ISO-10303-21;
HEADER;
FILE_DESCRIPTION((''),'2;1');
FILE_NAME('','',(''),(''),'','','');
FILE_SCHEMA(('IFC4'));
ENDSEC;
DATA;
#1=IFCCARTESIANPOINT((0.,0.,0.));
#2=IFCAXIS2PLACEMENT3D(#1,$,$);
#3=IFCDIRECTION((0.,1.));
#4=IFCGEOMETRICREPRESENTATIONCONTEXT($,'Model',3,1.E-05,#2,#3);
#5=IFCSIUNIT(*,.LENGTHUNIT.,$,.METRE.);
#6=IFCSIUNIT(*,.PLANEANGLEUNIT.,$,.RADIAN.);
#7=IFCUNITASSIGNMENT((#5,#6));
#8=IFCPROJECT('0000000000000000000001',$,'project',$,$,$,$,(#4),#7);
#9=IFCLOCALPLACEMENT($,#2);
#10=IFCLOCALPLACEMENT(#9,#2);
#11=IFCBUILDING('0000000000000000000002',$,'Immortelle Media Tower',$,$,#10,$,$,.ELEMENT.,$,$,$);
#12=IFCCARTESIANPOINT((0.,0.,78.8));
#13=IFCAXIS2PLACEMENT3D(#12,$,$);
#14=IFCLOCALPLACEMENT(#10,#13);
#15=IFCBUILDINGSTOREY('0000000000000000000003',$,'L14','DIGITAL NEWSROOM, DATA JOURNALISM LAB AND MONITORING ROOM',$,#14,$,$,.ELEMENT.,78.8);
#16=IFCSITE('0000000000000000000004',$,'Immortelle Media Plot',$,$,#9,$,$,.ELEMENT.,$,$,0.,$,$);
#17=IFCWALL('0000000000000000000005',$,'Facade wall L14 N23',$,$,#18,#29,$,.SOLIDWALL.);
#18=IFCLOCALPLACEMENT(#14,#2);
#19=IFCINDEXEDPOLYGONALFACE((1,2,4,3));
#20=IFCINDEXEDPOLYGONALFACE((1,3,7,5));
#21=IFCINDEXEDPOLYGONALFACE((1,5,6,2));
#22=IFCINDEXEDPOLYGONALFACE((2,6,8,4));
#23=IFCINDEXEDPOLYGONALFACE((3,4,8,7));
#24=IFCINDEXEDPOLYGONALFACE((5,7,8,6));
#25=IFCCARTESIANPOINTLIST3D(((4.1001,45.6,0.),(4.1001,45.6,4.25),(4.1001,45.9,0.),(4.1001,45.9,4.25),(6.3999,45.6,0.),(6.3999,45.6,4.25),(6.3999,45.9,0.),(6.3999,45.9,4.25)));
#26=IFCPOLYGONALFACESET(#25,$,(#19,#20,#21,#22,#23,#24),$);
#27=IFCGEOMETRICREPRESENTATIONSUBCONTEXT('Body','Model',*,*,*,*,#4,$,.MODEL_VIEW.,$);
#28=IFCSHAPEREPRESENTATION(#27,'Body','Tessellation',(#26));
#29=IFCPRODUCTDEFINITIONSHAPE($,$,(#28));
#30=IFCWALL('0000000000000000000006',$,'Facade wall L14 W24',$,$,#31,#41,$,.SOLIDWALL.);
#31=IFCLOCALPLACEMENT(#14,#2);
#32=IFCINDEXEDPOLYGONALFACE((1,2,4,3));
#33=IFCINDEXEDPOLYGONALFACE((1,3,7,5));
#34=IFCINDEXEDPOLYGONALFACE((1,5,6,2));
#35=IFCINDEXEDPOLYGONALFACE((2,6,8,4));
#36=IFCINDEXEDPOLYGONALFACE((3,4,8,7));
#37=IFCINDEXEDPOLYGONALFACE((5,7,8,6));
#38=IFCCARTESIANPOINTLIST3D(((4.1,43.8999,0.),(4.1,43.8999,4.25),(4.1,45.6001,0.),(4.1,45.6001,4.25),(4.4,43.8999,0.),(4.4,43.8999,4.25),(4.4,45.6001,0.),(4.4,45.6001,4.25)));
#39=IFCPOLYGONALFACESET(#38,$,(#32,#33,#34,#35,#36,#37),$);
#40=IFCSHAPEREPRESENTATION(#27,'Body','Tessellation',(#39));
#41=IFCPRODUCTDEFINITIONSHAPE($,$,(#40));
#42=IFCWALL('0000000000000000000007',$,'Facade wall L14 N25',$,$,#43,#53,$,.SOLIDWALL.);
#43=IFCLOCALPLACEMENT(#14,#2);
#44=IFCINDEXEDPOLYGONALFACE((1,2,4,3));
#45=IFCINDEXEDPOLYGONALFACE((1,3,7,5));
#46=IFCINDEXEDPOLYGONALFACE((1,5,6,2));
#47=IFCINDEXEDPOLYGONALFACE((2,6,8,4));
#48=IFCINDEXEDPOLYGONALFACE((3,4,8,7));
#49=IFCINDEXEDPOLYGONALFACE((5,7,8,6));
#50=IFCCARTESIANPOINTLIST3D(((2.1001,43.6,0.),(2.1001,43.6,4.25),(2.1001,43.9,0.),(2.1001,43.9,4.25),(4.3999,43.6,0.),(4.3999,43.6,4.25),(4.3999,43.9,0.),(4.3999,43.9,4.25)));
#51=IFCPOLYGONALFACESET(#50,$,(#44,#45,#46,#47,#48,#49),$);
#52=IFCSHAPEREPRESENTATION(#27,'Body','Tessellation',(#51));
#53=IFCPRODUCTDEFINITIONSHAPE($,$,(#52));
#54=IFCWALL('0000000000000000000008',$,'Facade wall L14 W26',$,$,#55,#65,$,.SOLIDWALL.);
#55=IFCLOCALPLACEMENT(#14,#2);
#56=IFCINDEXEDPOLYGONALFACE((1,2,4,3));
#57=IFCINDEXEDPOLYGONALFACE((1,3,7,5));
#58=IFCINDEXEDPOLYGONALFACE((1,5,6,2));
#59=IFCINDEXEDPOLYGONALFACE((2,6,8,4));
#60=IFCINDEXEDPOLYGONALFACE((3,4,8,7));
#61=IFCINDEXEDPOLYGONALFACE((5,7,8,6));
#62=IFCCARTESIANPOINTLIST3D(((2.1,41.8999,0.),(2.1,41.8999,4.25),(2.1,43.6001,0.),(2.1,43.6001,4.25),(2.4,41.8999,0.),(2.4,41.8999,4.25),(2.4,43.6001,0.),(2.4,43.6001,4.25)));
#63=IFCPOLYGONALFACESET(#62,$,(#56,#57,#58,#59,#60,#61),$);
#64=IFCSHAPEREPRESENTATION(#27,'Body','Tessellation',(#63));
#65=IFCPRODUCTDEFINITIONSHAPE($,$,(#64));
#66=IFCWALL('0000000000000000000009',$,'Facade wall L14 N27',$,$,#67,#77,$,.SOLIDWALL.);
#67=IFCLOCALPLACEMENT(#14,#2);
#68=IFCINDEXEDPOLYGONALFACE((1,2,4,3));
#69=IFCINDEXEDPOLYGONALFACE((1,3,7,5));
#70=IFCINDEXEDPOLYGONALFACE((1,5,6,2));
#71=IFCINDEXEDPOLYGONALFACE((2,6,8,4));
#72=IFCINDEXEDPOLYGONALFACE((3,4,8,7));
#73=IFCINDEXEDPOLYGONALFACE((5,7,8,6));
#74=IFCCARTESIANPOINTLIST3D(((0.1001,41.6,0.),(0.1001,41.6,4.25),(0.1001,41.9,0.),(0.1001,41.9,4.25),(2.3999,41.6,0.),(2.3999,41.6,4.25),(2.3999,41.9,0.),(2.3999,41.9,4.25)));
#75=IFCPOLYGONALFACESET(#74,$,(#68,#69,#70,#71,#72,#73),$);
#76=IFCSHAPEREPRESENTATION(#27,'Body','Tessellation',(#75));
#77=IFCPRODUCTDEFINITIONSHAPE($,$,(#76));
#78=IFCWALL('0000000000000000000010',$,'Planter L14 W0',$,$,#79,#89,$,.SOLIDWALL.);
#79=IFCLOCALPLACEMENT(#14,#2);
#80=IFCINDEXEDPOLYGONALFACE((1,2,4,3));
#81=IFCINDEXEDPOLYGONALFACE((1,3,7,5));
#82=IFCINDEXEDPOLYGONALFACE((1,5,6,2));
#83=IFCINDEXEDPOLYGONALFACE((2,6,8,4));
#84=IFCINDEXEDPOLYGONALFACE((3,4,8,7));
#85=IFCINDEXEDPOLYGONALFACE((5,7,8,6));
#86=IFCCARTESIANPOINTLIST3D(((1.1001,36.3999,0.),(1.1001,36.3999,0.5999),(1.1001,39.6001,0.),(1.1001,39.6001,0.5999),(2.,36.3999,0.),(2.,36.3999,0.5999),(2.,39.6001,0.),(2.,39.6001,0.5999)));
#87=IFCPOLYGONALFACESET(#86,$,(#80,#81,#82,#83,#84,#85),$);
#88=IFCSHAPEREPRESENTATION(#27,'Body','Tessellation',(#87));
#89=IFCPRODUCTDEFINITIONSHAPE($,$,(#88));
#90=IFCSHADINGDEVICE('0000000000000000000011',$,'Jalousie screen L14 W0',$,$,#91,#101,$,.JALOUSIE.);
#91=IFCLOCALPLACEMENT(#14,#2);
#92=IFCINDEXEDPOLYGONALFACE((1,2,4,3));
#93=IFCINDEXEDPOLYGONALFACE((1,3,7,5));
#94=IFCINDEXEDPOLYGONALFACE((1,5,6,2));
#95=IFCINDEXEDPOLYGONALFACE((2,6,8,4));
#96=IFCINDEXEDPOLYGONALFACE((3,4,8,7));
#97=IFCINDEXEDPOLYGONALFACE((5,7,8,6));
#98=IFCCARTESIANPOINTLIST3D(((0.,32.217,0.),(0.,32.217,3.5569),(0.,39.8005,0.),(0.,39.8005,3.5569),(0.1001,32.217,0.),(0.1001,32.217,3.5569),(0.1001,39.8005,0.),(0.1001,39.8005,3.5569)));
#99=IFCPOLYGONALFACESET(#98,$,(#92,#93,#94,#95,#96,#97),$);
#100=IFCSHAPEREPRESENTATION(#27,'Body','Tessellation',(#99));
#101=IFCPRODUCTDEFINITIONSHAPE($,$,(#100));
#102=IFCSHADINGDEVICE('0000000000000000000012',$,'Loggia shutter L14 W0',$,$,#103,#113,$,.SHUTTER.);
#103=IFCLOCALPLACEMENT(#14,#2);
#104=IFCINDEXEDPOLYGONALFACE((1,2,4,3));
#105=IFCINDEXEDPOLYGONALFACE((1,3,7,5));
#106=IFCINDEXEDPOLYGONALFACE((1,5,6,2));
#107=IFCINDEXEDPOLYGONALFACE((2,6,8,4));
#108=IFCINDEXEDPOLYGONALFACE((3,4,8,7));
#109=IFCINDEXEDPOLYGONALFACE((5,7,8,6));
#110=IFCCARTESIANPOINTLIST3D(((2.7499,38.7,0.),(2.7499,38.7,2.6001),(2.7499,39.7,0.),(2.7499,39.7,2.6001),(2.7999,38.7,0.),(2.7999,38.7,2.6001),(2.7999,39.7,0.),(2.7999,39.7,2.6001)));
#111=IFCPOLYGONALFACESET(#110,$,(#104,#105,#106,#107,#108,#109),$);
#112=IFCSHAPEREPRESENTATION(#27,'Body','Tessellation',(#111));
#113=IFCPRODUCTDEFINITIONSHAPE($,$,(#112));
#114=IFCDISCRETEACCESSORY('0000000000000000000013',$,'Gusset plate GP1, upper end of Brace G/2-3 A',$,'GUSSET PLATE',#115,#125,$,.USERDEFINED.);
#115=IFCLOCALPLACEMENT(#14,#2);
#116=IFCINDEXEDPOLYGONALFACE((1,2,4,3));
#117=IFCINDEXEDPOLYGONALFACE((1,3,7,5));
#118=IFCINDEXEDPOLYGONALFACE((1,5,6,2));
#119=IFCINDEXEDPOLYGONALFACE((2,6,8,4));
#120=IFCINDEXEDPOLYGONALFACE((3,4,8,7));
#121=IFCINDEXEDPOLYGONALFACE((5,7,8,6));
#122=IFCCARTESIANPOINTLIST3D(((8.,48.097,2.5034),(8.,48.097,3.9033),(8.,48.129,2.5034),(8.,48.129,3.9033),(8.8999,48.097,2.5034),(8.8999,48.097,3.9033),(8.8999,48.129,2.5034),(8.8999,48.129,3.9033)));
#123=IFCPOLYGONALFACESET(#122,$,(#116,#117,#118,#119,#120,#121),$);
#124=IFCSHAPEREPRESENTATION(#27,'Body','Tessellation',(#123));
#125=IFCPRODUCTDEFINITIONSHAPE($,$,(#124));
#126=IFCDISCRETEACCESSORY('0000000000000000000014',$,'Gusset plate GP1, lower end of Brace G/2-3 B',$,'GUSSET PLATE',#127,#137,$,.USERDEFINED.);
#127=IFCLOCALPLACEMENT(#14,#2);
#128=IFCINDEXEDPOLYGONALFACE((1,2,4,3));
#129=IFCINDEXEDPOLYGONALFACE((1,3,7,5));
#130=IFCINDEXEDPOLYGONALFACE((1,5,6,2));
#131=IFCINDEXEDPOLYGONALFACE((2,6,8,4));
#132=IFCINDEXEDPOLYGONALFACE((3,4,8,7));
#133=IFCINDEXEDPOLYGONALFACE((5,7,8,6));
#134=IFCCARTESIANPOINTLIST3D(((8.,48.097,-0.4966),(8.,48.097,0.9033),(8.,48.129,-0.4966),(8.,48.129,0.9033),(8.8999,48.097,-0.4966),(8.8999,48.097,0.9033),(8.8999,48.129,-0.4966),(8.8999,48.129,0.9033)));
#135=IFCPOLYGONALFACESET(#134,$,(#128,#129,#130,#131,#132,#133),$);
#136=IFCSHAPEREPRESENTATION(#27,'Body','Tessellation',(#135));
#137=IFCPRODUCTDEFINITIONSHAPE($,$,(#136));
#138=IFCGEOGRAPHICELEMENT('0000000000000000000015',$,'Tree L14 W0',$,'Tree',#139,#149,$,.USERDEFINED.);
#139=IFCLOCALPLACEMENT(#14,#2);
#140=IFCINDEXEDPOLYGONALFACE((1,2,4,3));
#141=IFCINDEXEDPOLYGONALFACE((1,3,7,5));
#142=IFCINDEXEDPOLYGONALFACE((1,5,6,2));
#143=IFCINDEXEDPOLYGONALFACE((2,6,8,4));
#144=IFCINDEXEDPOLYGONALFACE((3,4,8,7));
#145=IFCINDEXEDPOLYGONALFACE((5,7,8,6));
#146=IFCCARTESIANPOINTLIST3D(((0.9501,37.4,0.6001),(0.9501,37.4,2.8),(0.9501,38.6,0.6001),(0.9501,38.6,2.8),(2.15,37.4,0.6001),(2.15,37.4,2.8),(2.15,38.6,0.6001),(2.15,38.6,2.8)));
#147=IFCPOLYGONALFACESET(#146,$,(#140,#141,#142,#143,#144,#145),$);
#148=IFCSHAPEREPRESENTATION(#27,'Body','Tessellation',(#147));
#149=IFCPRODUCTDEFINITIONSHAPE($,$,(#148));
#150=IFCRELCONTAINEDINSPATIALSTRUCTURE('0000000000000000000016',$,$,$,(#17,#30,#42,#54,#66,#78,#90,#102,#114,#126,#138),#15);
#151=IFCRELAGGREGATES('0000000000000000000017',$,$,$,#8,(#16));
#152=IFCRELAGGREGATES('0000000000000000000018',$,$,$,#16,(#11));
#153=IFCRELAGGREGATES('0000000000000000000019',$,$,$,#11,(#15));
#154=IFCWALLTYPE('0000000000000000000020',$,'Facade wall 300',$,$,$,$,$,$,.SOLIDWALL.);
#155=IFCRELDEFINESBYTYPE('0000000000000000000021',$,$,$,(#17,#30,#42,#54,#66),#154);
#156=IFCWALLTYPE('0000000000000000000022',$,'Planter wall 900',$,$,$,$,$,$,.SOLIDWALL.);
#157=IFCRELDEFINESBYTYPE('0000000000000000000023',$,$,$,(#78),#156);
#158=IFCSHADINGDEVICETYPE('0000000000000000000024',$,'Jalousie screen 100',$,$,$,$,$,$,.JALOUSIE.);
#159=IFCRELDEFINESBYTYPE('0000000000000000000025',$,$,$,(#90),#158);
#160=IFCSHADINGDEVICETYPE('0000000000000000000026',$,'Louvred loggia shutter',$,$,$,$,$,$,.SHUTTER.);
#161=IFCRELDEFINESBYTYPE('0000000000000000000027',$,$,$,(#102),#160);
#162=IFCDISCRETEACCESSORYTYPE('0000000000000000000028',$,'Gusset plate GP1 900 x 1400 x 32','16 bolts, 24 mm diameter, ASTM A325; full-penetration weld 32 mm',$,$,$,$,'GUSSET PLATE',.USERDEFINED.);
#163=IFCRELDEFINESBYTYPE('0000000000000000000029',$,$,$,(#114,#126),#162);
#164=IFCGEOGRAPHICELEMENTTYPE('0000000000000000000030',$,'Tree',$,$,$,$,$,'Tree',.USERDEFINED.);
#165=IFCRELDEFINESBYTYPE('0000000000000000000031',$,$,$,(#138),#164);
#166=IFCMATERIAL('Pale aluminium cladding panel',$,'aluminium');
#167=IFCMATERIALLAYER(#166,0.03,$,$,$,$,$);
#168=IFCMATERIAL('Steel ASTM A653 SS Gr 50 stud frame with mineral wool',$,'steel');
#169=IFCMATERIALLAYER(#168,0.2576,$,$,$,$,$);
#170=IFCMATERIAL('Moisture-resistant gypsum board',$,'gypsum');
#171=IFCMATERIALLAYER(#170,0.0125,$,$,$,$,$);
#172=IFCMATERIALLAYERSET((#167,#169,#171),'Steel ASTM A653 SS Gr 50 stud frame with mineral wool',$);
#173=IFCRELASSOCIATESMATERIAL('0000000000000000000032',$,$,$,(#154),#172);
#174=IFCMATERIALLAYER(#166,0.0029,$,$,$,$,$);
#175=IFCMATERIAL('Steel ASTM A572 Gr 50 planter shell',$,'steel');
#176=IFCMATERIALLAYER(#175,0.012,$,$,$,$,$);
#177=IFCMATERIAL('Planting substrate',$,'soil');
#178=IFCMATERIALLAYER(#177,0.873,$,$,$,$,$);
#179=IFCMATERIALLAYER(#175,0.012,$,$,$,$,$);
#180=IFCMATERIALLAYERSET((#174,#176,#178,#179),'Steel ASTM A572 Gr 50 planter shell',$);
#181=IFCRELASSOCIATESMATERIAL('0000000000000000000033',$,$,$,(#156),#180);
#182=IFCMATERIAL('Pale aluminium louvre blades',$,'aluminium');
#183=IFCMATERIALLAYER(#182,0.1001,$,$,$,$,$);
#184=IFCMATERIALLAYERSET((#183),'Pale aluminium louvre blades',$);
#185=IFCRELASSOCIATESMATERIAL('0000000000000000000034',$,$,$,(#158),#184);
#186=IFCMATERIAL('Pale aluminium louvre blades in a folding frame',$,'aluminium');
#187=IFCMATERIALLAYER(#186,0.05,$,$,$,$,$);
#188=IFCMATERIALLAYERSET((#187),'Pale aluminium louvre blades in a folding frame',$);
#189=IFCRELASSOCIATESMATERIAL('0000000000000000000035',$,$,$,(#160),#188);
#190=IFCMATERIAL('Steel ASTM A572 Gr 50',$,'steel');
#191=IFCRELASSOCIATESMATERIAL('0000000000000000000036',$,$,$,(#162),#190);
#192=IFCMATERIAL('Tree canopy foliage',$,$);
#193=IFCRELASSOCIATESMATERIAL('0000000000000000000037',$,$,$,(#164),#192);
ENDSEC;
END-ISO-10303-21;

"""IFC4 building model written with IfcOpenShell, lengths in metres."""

from ifc_helpers import new_model, si_unit, direction, frame, frame_2d, origin, origin_2d, place, context, subcontext, project, spatial, rectangle, extrude, material, layer, layer_set, material_profile, profile_set, type_object, element, save


model = new_model("IFC4")

# Units and contexts
model_context = context("Model", 3, precision=1e-05, world=origin(), true_north=direction((0.0, 1.0)))
body_context = subcontext(model_context, "Body", "Model", "MODEL_VIEW")
ifc_project = project(units=[si_unit("LENGTHUNIT", "METRE"), si_unit("PLANEANGLEUNIT", "RADIAN")], contexts=[model_context])

# Site, building, storey
site_placement = place(None, origin())
site = spatial("IfcSite", under=ifc_project, at=site_placement, Name="Immortelle Media Plot", CompositionType="ELEMENT", RefElevation=0.0)
building_placement = place(site_placement, origin())
building = spatial("IfcBuilding", under=site, at=building_placement, Name="Immortelle Media Tower", CompositionType="ELEMENT")
storey_placement = place(building_placement, frame((0.0, 0.0, 78.8)))
storey = spatial("IfcBuildingStorey", under=building, at=storey_placement, Name="L14", Description="DIGITAL NEWSROOM, DATA JOURNALISM LAB AND MONITORING ROOM", CompositionType="ELEMENT", Elevation=78.8)

# Shared definitions
ifc_material_1 = material(Name="Pale aluminium cladding panel", Category="aluminium")
ifc_layer_1 = layer(ifc_material_1, 0.03)
ifc_material_2 = material(Name="Steel ASTM A653 SS Gr 50 stud frame with mineral wool", Category="steel")
ifc_layer_2 = layer(ifc_material_2, 0.2576)
ifc_material_3 = material(Name="Moisture-resistant gypsum board", Category="gypsum")
ifc_layer_3 = layer(ifc_material_3, 0.0125)
ifc_layer_set_1 = layer_set([ifc_layer_1, ifc_layer_2, ifc_layer_3], Name="Steel ASTM A653 SS Gr 50 stud frame with mineral wool")
wall_type_1 = type_object("IfcWallType", Name="Facade wall 300", PredefinedType="SOLIDWALL", material=ifc_layer_set_1)

# Walls
wall_1_placement = place(storey_placement, frame((6.3999, 45.75, 0.0), z_axis=(0.0, 0.0, 1.0), x_axis=(-1.0, 0.0, 0.0)))
element("IfcWall", 1, at=wall_1_placement, inside=storey, type_object=wall_type_1, Name="Facade wall L14 N23", PredefinedType="SOLIDWALL", context=body_context, shape_type="SweptSolid", body=[
    extrude(rectangle(XDim=2.2998, YDim=0.3, at=frame_2d((1.1499, 0.0))), origin(), (0.0, 0.0, 1.0), 4.25),
])
wall_2_placement = place(storey_placement, frame((4.25, 45.6001, 0.0), z_axis=(0.0, 0.0, 1.0), x_axis=(0.0, -1.0, 0.0)))
element("IfcWall", 2, at=wall_2_placement, inside=storey, type_object=wall_type_1, Name="Facade wall L14 W24", PredefinedType="SOLIDWALL", context=body_context, shape_type="SweptSolid", body=[
    extrude(rectangle(XDim=1.7002, YDim=0.3, at=frame_2d((0.8501, 0.0))), origin(), (0.0, 0.0, 1.0), 4.25),
])
wall_3_placement = place(storey_placement, frame((4.3999, 43.75, 0.0), z_axis=(0.0, 0.0, 1.0), x_axis=(-1.0, 0.0, 0.0)))
element("IfcWall", 3, at=wall_3_placement, inside=storey, type_object=wall_type_1, Name="Facade wall L14 N25", PredefinedType="SOLIDWALL", context=body_context, shape_type="SweptSolid", body=[
    extrude(rectangle(XDim=2.2998, YDim=0.3, at=frame_2d((1.1499, 0.0))), origin(), (0.0, 0.0, 1.0), 4.25),
])
wall_4_placement = place(storey_placement, frame((2.25, 43.6001, 0.0), z_axis=(0.0, 0.0, 1.0), x_axis=(0.0, -1.0, 0.0)))
element("IfcWall", 4, at=wall_4_placement, inside=storey, type_object=wall_type_1, Name="Facade wall L14 W26", PredefinedType="SOLIDWALL", context=body_context, shape_type="SweptSolid", body=[
    extrude(rectangle(XDim=1.7002, YDim=0.3, at=frame_2d((0.8501, 0.0))), origin(), (0.0, 0.0, 1.0), 4.25),
])
wall_5_placement = place(storey_placement, frame((2.3999, 41.75, 0.0), z_axis=(0.0, 0.0, 1.0), x_axis=(-1.0, 0.0, 0.0)))
element("IfcWall", 5, at=wall_5_placement, inside=storey, type_object=wall_type_1, Name="Facade wall L14 N27", PredefinedType="SOLIDWALL", context=body_context, shape_type="SweptSolid", body=[
    extrude(rectangle(XDim=2.2998, YDim=0.3, at=frame_2d((1.1499, 0.0))), origin(), (0.0, 0.0, 1.0), 4.25),
])
ifc_layer_4 = layer(ifc_material_1, 0.0029)
ifc_material_4 = material(Name="Steel ASTM A572 Gr 50 planter shell", Category="steel")
ifc_layer_5 = layer(ifc_material_4, 0.012)
ifc_material_5 = material(Name="Planting substrate", Category="soil")
ifc_layer_6 = layer(ifc_material_5, 0.873)
ifc_layer_7 = layer(ifc_material_4, 0.012)
ifc_layer_set_2 = layer_set([ifc_layer_4, ifc_layer_5, ifc_layer_6, ifc_layer_7], Name="Steel ASTM A572 Gr 50 planter shell")
wall_type_2 = type_object("IfcWallType", Name="Planter wall 900", PredefinedType="SOLIDWALL", material=ifc_layer_set_2)
wall_6_placement = place(storey_placement, frame((1.55, 39.6001, 0.0), z_axis=(0.0, 0.0, 1.0), x_axis=(0.0, -1.0, 0.0)))
element("IfcWall", 6, at=wall_6_placement, inside=storey, type_object=wall_type_2, Name="Planter L14 W0", PredefinedType="SOLIDWALL", context=body_context, shape_type="SweptSolid", body=[
    extrude(rectangle(XDim=3.2002, YDim=0.8999, at=frame_2d((1.6001, 0.0))), origin(), (0.0, 0.0, 1.0), 0.5999),
])

# Shading devices
ifc_material_6 = material(Name="Pale aluminium louvre blades", Category="aluminium")
ifc_layer_8 = layer(ifc_material_6, 0.1001)
ifc_layer_set_3 = layer_set([ifc_layer_8], Name="Pale aluminium louvre blades")
shading_device_type_1 = type_object("IfcShadingDeviceType", Name="Jalousie screen 100", PredefinedType="JALOUSIE", material=ifc_layer_set_3)
shading_device_1_placement = place(storey_placement, frame((0.05, 36.0088, 0.0), z_axis=(0.0, 0.0, 1.0), x_axis=(0.0, -1.0, 0.0)))
element("IfcShadingDevice", 7, at=shading_device_1_placement, inside=storey, type_object=shading_device_type_1, Name="Jalousie screen L14 W0", PredefinedType="JALOUSIE", context=body_context, shape_type="SweptSolid", body=[
    extrude(rectangle(XDim=7.5835, YDim=0.1001, at=origin_2d()), origin(), (0.0, 0.0, 1.0), 3.5569),
])
ifc_material_7 = material(Name="Pale aluminium louvre blades in a folding frame", Category="aluminium")
ifc_layer_9 = layer(ifc_material_7, 0.05)
ifc_layer_set_4 = layer_set([ifc_layer_9], Name="Pale aluminium louvre blades in a folding frame")
shading_device_type_2 = type_object("IfcShadingDeviceType", Name="Louvred loggia shutter", PredefinedType="SHUTTER", material=ifc_layer_set_4)
shading_device_2_placement = place(storey_placement, frame((2.7749, 39.2, 0.0), z_axis=(0.0, 0.0, 1.0), x_axis=(0.0, -1.0, 0.0)))
element("IfcShadingDevice", 8, at=shading_device_2_placement, inside=storey, type_object=shading_device_type_2, Name="Loggia shutter L14 W0", PredefinedType="SHUTTER", context=body_context, shape_type="SweptSolid", body=[
    extrude(rectangle(XDim=1.0, YDim=0.05, at=origin_2d()), origin(), (0.0, 0.0, 1.0), 2.6001),
])

# Discrete accessories
ifc_material_8 = material(Name="Steel ASTM A572 Gr 50", Category="steel")
ifc_material_profile_1 = material_profile(ifc_material_8, rectangle(XDim=0.032, YDim=1.3999, at=origin_2d()), Name="PL 32 x 1400")
ifc_profile_set_1 = profile_set([ifc_material_profile_1], Name="Steel ASTM A572 Gr 50")
discrete_accessory_type = type_object("IfcDiscreteAccessoryType", Name="Gusset plate GP1 900 x 1400 x 32", Description="16 bolts, 24 mm diameter, ASTM A325; full-penetration weld 32 mm", ElementType="GUSSET PLATE", PredefinedType="USERDEFINED", material=ifc_profile_set_1)
for number, where, z_axis, x_axis, name in (
    (9, (8.0, 48.113, 3.2034), (1.0, 0.0, 0.0), (0.0, 1.0, 0.0), "Gusset plate GP1, upper end of Brace G/2-3 A"),
    (10, (8.0, 48.113, 0.2034), (1.0, 0.0, 0.0), (0.0, 1.0, 0.0), "Gusset plate GP1, lower end of Brace G/2-3 B"),
):
    element("IfcDiscreteAccessory", number, at=place(storey_placement, frame(where, z_axis=z_axis, x_axis=x_axis)), inside=storey, type_object=discrete_accessory_type, Name=name, ObjectType="GUSSET PLATE", PredefinedType="USERDEFINED", context=body_context, shape_type="SweptSolid", body=[
        extrude(rectangle(XDim=0.032, YDim=1.3999, at=origin_2d()), origin(), (0.0, 0.0, 1.0), 0.8999),
    ])

# Geographic element
ifc_material_9 = material(Name="Tree canopy foliage")
geographic_element_type = type_object("IfcGeographicElementType", Name="Tree", ElementType="Tree", PredefinedType="USERDEFINED", material=ifc_material_9)
geographic_element_placement = place(storey_placement, frame((1.55, 38.0, 0.6001), z_axis=(0.0, 0.0, 1.0), x_axis=(1.0, 0.0, 0.0)))
element("IfcGeographicElement", 11, at=geographic_element_placement, inside=storey, type_object=geographic_element_type, Name="Tree L14 W0", ObjectType="Tree", PredefinedType="USERDEFINED", context=body_context, shape_type="SweptSolid", body=[
    extrude(rectangle(XDim=1.2, YDim=1.2, at=origin_2d()), origin(), (0.0, 0.0, 1.0), 2.2),
])

save(model, "model.ifc")
